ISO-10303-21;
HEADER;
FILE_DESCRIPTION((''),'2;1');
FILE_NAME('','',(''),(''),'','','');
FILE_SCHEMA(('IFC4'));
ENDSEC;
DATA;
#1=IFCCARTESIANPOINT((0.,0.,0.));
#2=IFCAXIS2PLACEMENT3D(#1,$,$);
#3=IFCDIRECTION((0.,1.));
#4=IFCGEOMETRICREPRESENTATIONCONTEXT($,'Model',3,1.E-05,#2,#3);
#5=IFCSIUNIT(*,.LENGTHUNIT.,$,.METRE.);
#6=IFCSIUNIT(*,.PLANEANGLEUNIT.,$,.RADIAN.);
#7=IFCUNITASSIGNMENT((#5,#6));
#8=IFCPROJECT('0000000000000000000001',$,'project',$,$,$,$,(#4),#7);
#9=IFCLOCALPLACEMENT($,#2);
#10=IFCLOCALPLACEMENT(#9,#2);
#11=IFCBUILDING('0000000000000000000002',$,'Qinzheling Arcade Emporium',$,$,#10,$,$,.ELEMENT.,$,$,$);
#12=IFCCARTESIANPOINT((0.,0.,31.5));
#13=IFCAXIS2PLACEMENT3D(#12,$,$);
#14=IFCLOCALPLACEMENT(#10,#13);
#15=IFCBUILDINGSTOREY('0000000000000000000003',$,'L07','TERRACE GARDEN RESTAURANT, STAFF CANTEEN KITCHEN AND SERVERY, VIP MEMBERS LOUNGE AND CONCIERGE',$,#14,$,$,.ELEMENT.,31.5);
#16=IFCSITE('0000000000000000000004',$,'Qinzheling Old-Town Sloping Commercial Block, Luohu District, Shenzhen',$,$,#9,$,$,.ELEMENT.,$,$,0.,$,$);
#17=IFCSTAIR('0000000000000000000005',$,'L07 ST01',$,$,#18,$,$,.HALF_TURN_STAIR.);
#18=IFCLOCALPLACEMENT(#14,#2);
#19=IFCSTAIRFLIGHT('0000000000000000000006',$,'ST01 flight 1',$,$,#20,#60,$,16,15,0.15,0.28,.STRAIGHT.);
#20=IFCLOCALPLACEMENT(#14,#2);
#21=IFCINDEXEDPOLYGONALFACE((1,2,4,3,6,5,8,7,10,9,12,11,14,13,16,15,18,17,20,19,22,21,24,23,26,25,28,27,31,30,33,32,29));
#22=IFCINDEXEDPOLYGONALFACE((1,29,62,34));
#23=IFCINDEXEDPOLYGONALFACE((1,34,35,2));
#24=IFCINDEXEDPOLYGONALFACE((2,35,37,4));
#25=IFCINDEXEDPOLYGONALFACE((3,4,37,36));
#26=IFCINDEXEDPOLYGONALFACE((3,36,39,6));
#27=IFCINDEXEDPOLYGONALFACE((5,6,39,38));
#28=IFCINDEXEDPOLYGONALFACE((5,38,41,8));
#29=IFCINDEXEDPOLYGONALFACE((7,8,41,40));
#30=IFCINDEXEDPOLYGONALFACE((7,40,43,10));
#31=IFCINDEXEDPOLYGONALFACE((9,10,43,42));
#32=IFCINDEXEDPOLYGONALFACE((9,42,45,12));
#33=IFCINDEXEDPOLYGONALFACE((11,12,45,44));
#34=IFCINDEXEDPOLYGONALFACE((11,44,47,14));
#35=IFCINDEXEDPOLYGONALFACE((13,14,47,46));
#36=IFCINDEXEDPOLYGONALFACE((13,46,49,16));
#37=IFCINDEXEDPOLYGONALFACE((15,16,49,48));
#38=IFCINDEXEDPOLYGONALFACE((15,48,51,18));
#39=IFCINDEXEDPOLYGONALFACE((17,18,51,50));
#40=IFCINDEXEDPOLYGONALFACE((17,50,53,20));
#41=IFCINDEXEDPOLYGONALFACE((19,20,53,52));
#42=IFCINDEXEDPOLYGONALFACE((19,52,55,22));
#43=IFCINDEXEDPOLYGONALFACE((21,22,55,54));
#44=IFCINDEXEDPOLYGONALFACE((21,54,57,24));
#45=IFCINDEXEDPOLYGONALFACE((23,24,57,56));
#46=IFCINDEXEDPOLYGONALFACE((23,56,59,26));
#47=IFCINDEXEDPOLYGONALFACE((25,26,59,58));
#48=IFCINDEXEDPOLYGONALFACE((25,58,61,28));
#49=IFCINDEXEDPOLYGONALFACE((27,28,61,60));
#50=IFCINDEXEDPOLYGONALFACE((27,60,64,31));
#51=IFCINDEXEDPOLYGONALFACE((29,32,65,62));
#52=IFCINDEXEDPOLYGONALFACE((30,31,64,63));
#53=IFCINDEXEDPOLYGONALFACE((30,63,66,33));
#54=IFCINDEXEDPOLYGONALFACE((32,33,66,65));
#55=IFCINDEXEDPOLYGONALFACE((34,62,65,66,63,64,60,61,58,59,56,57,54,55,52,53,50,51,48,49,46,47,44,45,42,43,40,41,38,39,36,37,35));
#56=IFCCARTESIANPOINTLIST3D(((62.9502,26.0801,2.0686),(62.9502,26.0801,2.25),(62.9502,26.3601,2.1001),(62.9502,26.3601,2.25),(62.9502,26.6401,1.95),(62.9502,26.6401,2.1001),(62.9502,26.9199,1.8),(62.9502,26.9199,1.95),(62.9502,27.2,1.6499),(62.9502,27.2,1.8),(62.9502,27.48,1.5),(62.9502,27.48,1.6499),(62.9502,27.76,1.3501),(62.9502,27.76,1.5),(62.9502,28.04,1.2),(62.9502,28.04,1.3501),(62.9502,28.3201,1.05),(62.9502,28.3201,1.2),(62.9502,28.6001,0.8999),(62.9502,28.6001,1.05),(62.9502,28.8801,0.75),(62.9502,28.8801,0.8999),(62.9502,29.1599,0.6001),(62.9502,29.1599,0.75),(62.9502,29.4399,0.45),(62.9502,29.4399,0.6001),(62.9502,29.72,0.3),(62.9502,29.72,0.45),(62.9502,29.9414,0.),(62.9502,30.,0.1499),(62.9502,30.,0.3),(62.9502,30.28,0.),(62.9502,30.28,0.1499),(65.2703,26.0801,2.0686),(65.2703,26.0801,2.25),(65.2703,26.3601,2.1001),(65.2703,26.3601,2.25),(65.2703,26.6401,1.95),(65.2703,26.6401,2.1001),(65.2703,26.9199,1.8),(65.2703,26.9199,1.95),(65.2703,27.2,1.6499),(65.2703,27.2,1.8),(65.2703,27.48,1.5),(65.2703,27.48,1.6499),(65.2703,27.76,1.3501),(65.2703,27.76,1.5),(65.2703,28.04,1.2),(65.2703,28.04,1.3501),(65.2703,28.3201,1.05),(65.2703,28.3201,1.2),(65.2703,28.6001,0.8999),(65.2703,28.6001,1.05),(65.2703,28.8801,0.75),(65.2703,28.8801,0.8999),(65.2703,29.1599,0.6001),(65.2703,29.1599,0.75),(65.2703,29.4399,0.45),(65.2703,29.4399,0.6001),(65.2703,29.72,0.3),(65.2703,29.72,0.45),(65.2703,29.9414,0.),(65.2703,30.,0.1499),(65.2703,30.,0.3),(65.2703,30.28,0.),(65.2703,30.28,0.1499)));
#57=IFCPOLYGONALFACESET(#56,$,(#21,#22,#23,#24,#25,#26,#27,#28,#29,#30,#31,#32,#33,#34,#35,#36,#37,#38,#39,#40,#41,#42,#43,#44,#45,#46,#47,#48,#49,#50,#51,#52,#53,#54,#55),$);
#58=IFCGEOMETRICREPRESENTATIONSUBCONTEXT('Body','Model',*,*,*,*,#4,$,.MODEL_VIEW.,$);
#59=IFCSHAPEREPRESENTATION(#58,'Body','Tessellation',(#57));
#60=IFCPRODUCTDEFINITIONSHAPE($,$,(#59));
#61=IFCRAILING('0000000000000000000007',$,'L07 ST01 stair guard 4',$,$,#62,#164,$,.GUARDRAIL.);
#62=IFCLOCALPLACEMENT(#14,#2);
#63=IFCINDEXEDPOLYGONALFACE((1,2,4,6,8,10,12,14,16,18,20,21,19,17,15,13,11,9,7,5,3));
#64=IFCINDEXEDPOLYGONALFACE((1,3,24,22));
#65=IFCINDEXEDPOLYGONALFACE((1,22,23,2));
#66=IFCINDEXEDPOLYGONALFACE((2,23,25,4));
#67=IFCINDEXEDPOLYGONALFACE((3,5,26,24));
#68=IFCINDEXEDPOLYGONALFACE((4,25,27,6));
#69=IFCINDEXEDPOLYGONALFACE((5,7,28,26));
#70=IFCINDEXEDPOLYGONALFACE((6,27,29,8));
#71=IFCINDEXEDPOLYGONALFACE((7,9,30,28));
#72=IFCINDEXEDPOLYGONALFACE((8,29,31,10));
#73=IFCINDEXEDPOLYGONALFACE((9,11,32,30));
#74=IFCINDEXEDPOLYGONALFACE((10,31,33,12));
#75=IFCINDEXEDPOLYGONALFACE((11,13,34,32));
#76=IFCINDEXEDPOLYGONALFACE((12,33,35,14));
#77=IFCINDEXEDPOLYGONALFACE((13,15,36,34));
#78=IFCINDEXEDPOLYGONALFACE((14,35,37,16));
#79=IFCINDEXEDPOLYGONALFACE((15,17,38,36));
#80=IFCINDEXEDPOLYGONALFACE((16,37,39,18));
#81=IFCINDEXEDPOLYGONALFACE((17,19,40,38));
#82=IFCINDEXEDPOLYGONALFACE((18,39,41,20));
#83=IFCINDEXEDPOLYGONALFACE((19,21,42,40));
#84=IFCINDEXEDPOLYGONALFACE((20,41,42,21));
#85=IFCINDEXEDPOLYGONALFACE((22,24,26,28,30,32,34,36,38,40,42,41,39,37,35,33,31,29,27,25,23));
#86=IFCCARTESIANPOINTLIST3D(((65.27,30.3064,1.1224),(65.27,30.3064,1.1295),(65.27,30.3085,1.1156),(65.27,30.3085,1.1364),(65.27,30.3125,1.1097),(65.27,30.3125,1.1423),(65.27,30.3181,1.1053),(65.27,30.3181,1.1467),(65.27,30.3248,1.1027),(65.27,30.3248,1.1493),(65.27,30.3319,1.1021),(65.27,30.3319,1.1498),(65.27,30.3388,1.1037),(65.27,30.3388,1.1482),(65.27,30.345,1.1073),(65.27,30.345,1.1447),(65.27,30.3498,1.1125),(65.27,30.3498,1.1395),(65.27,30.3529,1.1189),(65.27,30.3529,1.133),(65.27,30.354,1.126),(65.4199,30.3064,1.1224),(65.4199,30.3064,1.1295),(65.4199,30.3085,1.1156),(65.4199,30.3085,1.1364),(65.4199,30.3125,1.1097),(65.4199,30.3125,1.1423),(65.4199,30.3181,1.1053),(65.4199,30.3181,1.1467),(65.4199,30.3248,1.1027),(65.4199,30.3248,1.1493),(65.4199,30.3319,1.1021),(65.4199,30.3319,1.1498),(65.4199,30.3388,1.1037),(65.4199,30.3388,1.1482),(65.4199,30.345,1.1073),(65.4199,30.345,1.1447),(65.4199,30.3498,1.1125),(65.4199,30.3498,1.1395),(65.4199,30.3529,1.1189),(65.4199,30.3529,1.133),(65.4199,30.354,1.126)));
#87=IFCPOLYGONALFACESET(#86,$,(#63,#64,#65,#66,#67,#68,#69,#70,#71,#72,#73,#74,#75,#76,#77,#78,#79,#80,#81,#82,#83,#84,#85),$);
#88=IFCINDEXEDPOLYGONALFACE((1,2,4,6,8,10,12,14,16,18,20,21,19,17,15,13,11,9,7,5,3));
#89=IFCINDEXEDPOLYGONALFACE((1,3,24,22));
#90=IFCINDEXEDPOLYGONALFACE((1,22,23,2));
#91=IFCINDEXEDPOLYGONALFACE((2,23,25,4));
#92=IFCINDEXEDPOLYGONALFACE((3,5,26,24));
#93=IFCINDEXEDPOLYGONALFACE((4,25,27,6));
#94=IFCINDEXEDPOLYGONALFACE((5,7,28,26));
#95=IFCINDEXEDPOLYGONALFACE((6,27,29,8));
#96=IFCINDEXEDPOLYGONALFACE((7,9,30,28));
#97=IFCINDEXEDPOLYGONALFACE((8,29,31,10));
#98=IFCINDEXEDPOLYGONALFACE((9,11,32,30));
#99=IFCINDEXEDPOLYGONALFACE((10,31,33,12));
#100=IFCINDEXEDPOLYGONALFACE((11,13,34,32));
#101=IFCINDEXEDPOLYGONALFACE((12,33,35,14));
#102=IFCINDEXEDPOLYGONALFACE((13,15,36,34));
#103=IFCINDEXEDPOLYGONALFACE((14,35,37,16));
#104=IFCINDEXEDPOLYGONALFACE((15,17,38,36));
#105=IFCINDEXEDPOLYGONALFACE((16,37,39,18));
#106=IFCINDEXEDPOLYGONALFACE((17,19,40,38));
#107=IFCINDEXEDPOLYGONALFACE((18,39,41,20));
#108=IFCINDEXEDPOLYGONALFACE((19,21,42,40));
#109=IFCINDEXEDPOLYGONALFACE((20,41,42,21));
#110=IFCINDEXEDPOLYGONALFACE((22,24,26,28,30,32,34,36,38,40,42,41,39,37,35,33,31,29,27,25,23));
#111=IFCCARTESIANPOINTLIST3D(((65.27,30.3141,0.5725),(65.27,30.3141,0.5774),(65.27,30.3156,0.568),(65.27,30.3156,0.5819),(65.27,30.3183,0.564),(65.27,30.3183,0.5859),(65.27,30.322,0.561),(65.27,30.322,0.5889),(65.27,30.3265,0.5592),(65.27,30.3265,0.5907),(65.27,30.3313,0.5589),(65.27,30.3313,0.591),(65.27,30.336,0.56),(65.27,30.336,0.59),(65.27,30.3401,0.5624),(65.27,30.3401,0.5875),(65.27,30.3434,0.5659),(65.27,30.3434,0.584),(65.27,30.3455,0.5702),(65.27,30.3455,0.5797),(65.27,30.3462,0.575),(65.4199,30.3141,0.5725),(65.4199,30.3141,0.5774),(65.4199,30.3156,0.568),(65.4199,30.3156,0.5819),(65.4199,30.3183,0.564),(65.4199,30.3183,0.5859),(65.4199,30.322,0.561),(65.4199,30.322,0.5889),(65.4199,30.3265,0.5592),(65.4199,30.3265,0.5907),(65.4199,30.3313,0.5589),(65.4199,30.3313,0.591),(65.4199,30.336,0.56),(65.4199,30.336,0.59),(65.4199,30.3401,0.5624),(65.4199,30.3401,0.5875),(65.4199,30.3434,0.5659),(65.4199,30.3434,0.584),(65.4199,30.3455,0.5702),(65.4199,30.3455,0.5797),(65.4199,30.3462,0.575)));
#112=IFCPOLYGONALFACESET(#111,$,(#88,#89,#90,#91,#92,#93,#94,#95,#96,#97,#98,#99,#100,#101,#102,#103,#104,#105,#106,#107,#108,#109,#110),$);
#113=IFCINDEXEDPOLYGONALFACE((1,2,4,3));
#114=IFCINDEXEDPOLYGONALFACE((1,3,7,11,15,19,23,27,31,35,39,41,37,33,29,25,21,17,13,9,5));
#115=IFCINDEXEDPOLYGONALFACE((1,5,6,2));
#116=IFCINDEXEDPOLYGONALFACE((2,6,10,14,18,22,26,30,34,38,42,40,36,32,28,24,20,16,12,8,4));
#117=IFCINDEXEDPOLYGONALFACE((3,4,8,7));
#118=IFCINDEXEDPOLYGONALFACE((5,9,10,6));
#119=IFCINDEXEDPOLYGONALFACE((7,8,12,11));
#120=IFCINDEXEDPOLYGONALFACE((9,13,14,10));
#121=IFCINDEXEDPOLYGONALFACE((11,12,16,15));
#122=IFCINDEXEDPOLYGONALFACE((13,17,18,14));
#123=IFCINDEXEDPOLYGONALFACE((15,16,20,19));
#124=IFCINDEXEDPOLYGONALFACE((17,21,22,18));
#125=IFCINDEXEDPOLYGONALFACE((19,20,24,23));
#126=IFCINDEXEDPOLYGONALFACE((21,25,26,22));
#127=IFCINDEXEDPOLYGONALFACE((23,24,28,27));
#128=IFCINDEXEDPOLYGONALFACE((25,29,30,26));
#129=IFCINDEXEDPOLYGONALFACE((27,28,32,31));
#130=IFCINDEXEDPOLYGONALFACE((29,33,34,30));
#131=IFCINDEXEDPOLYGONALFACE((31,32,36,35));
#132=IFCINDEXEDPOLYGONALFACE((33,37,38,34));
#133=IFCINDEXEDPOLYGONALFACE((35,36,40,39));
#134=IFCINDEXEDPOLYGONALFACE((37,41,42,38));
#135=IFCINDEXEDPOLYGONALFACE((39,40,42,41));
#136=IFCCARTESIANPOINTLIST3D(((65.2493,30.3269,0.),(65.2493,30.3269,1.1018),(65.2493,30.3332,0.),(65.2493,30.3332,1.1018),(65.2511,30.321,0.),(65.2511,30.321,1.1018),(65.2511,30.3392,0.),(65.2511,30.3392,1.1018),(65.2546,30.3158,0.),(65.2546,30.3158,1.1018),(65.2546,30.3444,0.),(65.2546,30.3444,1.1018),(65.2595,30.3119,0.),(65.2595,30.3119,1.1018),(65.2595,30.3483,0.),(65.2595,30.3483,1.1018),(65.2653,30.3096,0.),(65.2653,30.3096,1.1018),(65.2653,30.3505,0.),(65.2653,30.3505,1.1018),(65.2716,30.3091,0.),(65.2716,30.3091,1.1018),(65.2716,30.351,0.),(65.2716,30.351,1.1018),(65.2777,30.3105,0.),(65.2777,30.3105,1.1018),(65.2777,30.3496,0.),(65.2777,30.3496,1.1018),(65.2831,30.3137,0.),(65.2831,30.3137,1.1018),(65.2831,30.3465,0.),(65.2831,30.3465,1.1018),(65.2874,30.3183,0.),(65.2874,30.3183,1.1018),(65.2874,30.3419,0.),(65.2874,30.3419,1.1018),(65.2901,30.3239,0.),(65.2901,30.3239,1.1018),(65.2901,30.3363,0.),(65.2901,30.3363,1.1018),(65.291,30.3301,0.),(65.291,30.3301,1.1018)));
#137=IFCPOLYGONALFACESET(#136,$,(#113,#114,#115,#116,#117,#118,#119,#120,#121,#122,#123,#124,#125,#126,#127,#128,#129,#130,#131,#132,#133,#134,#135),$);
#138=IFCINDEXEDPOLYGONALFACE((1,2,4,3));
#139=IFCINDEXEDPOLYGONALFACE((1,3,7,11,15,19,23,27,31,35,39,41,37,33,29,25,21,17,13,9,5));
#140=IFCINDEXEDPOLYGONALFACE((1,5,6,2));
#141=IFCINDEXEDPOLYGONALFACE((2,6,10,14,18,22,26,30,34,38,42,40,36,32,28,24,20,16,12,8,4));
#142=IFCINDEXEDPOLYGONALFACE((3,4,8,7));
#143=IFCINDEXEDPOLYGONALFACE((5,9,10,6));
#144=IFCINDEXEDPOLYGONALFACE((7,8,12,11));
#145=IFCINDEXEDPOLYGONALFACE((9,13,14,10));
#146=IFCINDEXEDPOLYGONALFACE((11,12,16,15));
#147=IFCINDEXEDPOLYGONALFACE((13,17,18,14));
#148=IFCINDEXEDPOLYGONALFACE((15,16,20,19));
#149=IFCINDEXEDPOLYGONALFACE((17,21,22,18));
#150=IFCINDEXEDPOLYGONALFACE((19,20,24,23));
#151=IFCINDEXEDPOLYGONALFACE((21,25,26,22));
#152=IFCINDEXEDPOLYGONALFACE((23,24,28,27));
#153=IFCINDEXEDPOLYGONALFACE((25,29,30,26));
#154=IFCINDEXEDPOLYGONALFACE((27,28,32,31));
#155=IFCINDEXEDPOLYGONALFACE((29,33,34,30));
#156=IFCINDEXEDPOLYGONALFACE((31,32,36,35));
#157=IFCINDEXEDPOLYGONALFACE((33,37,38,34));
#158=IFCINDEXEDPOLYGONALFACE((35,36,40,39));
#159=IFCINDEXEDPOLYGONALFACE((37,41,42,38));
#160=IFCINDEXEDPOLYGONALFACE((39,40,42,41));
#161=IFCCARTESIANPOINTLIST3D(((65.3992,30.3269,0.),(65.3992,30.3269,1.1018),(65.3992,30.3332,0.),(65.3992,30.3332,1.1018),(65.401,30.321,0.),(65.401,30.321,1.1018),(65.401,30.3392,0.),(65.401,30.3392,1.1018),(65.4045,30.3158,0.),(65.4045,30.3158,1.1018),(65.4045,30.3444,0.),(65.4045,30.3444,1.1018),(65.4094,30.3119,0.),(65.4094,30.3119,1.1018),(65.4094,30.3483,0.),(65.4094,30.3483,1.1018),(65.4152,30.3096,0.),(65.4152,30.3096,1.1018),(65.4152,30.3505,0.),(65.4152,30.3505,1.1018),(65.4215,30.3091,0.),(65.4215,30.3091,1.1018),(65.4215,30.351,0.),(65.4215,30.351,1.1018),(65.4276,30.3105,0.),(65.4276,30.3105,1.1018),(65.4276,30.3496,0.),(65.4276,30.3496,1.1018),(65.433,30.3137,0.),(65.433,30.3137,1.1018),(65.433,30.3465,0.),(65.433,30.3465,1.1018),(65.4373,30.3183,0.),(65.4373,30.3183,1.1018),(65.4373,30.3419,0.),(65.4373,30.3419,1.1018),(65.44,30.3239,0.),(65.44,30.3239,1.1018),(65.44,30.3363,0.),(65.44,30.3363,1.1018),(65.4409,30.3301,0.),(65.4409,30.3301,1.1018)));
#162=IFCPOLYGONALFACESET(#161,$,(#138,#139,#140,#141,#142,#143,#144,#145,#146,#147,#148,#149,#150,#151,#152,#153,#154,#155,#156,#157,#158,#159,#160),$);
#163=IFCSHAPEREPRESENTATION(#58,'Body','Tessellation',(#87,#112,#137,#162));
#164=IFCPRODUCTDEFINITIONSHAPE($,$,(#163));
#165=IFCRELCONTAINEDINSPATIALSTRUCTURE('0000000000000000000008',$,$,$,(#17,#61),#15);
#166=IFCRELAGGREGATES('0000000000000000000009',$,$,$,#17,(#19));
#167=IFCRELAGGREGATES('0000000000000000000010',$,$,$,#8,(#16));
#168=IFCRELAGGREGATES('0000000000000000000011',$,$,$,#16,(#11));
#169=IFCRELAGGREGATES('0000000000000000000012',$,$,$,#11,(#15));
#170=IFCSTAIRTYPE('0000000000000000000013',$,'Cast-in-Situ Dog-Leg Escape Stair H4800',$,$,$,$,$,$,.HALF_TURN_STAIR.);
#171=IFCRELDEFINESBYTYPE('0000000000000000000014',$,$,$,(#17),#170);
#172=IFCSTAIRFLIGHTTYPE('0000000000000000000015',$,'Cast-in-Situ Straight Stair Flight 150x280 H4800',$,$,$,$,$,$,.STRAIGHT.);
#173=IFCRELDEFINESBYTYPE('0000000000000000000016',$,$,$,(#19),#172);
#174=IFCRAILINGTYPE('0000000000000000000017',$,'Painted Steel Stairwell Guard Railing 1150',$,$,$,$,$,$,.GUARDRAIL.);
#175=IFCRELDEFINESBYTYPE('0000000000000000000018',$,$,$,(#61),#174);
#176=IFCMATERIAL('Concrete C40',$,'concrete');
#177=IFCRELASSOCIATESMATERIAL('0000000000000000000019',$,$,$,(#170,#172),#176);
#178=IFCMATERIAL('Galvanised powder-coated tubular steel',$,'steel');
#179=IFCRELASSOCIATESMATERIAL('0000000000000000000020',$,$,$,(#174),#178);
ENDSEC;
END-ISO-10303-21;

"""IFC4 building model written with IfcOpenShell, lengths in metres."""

from ifc_helpers import new_model, si_unit, direction, frame, origin, origin_2d, place, context, subcontext, project, spatial, polyline, circle, outline, extrude, material, type_object, element, aggregate, save


model = new_model("IFC4")

# Units and contexts
model_context = context("Model", 3, precision=1e-05, world=origin(), true_north=direction((0.0, 1.0)))
body_context = subcontext(model_context, "Body", "Model", "MODEL_VIEW")
ifc_project = project(units=[si_unit("LENGTHUNIT", "METRE"), si_unit("PLANEANGLEUNIT", "RADIAN")], contexts=[model_context])

# Site, building, storey
site_placement = place(None, origin())
site = spatial("IfcSite", under=ifc_project, at=site_placement, Name="Qinzheling Old-Town Sloping Commercial Block, Luohu District, Shenzhen", CompositionType="ELEMENT", RefElevation=0.0)
building_placement = place(site_placement, origin())
building = spatial("IfcBuilding", under=site, at=building_placement, Name="Qinzheling Arcade Emporium", CompositionType="ELEMENT")
storey_placement = place(building_placement, frame((0.0, 0.0, 31.5)))
storey = spatial("IfcBuildingStorey", under=building, at=storey_placement, Name="L07", Description="TERRACE GARDEN RESTAURANT, STAFF CANTEEN KITCHEN AND SERVERY, VIP MEMBERS LOUNGE AND CONCIERGE", CompositionType="ELEMENT", Elevation=31.5)

# Stair, stair flight
ifc_material_1 = material(Name="Concrete C40", Category="concrete")
stair_type = type_object("IfcStairType", Name="Cast-in-Situ Dog-Leg Escape Stair H4800", PredefinedType="HALF_TURN_STAIR", material=ifc_material_1)
stair_placement = place(storey_placement, origin())
stair = element("IfcStair", 1, at=stair_placement, inside=storey, type_object=stair_type, Name="L07 ST01", PredefinedType="HALF_TURN_STAIR")
stair_flight_type = type_object("IfcStairFlightType", Name="Cast-in-Situ Straight Stair Flight 150x280 H4800", PredefinedType="STRAIGHT", material=ifc_material_1)
stair_flight_placement = place(storey_placement, frame((64.1101, 30.28, 0.0), z_axis=(0.0, 0.0, 1.0), x_axis=(0.0, -1.0, 0.0)))
stair_flight = element("IfcStairFlight", 2, at=stair_flight_placement, type_object=stair_flight_type, Name="ST01 flight 1", NumberOfRisers=16, NumberOfTreads=15, PredefinedType="STRAIGHT", RiserHeight=0.15, TreadLength=0.28, context=body_context, shape_type="SweptSolid", body=[
    extrude(outline(polyline([(0.0, 0.0), (0.0, 0.1499), (0.28, 0.1499), (0.28, 0.3), (0.5601, 0.3), (0.5601, 0.45), (0.8401, 0.45), (0.8401, 0.6001), (1.1201, 0.6001), (1.1201, 0.75), (1.3999, 0.75), (1.3999, 0.8999), (1.6799, 0.8999), (1.6799, 1.05), (1.96, 1.05), (1.96, 1.2), (2.24, 1.2), (2.24, 1.3501), (2.52, 1.3501), (2.52, 1.5), (2.8, 1.5), (2.8, 1.6499), (3.0801, 1.6499), (3.0801, 1.8), (3.3601, 1.8), (3.3601, 1.95), (3.6399, 1.95), (3.6399, 2.1001), (3.9199, 2.1001), (3.9199, 2.25), (4.2, 2.25), (4.2, 2.3999), (4.2, 2.0686), (0.3386, 0.0), (0.0, 0.0)])), frame((0.0, 1.1602, 0.0), z_axis=(0.0, -1.0, 0.0), x_axis=(1.0, 0.0, 0.0)), (0.0, 0.0, 1.0), 2.3201),
])
aggregate(stair, [stair_flight])

# Railing
ifc_material_2 = material(Name="Galvanised powder-coated tubular steel", Category="steel")
railing_type = type_object("IfcRailingType", Name="Painted Steel Stairwell Guard Railing 1150", PredefinedType="GUARDRAIL", material=ifc_material_2)
railing_1_placement = place(storey_placement, frame((65.27, 30.3301, 0.0)))
element("IfcRailing", 3, at=railing_1_placement, inside=storey, type_object=railing_type, Name="L07 ST01 stair guard 4", PredefinedType="GUARDRAIL", context=body_context, shape_type="SweptSolid", body=[
    extrude(circle(Radius=0.0239, at=origin_2d()), frame((0.0, 0.0, 1.126), z_axis=(1.0, 0.0, 0.0), x_axis=(0.0, 1.0, 0.0)), (0.0, 0.0, 1.0), 0.1499),
    extrude(circle(Radius=0.0161, at=origin_2d()), frame((0.0, 0.0, 0.575), z_axis=(1.0, 0.0, 0.0), x_axis=(0.0, 1.0, 0.0)), (0.0, 0.0, 1.0), 0.1499),
    extrude(circle(Radius=0.021, at=origin_2d()), origin(), (0.0, 0.0, 1.0), 1.1018),
    extrude(circle(Radius=0.021, at=origin_2d()), frame((0.1499, 0.0, 0.0)), (0.0, 0.0, 1.0), 1.1018),
])

save(model, "model.ifc")
